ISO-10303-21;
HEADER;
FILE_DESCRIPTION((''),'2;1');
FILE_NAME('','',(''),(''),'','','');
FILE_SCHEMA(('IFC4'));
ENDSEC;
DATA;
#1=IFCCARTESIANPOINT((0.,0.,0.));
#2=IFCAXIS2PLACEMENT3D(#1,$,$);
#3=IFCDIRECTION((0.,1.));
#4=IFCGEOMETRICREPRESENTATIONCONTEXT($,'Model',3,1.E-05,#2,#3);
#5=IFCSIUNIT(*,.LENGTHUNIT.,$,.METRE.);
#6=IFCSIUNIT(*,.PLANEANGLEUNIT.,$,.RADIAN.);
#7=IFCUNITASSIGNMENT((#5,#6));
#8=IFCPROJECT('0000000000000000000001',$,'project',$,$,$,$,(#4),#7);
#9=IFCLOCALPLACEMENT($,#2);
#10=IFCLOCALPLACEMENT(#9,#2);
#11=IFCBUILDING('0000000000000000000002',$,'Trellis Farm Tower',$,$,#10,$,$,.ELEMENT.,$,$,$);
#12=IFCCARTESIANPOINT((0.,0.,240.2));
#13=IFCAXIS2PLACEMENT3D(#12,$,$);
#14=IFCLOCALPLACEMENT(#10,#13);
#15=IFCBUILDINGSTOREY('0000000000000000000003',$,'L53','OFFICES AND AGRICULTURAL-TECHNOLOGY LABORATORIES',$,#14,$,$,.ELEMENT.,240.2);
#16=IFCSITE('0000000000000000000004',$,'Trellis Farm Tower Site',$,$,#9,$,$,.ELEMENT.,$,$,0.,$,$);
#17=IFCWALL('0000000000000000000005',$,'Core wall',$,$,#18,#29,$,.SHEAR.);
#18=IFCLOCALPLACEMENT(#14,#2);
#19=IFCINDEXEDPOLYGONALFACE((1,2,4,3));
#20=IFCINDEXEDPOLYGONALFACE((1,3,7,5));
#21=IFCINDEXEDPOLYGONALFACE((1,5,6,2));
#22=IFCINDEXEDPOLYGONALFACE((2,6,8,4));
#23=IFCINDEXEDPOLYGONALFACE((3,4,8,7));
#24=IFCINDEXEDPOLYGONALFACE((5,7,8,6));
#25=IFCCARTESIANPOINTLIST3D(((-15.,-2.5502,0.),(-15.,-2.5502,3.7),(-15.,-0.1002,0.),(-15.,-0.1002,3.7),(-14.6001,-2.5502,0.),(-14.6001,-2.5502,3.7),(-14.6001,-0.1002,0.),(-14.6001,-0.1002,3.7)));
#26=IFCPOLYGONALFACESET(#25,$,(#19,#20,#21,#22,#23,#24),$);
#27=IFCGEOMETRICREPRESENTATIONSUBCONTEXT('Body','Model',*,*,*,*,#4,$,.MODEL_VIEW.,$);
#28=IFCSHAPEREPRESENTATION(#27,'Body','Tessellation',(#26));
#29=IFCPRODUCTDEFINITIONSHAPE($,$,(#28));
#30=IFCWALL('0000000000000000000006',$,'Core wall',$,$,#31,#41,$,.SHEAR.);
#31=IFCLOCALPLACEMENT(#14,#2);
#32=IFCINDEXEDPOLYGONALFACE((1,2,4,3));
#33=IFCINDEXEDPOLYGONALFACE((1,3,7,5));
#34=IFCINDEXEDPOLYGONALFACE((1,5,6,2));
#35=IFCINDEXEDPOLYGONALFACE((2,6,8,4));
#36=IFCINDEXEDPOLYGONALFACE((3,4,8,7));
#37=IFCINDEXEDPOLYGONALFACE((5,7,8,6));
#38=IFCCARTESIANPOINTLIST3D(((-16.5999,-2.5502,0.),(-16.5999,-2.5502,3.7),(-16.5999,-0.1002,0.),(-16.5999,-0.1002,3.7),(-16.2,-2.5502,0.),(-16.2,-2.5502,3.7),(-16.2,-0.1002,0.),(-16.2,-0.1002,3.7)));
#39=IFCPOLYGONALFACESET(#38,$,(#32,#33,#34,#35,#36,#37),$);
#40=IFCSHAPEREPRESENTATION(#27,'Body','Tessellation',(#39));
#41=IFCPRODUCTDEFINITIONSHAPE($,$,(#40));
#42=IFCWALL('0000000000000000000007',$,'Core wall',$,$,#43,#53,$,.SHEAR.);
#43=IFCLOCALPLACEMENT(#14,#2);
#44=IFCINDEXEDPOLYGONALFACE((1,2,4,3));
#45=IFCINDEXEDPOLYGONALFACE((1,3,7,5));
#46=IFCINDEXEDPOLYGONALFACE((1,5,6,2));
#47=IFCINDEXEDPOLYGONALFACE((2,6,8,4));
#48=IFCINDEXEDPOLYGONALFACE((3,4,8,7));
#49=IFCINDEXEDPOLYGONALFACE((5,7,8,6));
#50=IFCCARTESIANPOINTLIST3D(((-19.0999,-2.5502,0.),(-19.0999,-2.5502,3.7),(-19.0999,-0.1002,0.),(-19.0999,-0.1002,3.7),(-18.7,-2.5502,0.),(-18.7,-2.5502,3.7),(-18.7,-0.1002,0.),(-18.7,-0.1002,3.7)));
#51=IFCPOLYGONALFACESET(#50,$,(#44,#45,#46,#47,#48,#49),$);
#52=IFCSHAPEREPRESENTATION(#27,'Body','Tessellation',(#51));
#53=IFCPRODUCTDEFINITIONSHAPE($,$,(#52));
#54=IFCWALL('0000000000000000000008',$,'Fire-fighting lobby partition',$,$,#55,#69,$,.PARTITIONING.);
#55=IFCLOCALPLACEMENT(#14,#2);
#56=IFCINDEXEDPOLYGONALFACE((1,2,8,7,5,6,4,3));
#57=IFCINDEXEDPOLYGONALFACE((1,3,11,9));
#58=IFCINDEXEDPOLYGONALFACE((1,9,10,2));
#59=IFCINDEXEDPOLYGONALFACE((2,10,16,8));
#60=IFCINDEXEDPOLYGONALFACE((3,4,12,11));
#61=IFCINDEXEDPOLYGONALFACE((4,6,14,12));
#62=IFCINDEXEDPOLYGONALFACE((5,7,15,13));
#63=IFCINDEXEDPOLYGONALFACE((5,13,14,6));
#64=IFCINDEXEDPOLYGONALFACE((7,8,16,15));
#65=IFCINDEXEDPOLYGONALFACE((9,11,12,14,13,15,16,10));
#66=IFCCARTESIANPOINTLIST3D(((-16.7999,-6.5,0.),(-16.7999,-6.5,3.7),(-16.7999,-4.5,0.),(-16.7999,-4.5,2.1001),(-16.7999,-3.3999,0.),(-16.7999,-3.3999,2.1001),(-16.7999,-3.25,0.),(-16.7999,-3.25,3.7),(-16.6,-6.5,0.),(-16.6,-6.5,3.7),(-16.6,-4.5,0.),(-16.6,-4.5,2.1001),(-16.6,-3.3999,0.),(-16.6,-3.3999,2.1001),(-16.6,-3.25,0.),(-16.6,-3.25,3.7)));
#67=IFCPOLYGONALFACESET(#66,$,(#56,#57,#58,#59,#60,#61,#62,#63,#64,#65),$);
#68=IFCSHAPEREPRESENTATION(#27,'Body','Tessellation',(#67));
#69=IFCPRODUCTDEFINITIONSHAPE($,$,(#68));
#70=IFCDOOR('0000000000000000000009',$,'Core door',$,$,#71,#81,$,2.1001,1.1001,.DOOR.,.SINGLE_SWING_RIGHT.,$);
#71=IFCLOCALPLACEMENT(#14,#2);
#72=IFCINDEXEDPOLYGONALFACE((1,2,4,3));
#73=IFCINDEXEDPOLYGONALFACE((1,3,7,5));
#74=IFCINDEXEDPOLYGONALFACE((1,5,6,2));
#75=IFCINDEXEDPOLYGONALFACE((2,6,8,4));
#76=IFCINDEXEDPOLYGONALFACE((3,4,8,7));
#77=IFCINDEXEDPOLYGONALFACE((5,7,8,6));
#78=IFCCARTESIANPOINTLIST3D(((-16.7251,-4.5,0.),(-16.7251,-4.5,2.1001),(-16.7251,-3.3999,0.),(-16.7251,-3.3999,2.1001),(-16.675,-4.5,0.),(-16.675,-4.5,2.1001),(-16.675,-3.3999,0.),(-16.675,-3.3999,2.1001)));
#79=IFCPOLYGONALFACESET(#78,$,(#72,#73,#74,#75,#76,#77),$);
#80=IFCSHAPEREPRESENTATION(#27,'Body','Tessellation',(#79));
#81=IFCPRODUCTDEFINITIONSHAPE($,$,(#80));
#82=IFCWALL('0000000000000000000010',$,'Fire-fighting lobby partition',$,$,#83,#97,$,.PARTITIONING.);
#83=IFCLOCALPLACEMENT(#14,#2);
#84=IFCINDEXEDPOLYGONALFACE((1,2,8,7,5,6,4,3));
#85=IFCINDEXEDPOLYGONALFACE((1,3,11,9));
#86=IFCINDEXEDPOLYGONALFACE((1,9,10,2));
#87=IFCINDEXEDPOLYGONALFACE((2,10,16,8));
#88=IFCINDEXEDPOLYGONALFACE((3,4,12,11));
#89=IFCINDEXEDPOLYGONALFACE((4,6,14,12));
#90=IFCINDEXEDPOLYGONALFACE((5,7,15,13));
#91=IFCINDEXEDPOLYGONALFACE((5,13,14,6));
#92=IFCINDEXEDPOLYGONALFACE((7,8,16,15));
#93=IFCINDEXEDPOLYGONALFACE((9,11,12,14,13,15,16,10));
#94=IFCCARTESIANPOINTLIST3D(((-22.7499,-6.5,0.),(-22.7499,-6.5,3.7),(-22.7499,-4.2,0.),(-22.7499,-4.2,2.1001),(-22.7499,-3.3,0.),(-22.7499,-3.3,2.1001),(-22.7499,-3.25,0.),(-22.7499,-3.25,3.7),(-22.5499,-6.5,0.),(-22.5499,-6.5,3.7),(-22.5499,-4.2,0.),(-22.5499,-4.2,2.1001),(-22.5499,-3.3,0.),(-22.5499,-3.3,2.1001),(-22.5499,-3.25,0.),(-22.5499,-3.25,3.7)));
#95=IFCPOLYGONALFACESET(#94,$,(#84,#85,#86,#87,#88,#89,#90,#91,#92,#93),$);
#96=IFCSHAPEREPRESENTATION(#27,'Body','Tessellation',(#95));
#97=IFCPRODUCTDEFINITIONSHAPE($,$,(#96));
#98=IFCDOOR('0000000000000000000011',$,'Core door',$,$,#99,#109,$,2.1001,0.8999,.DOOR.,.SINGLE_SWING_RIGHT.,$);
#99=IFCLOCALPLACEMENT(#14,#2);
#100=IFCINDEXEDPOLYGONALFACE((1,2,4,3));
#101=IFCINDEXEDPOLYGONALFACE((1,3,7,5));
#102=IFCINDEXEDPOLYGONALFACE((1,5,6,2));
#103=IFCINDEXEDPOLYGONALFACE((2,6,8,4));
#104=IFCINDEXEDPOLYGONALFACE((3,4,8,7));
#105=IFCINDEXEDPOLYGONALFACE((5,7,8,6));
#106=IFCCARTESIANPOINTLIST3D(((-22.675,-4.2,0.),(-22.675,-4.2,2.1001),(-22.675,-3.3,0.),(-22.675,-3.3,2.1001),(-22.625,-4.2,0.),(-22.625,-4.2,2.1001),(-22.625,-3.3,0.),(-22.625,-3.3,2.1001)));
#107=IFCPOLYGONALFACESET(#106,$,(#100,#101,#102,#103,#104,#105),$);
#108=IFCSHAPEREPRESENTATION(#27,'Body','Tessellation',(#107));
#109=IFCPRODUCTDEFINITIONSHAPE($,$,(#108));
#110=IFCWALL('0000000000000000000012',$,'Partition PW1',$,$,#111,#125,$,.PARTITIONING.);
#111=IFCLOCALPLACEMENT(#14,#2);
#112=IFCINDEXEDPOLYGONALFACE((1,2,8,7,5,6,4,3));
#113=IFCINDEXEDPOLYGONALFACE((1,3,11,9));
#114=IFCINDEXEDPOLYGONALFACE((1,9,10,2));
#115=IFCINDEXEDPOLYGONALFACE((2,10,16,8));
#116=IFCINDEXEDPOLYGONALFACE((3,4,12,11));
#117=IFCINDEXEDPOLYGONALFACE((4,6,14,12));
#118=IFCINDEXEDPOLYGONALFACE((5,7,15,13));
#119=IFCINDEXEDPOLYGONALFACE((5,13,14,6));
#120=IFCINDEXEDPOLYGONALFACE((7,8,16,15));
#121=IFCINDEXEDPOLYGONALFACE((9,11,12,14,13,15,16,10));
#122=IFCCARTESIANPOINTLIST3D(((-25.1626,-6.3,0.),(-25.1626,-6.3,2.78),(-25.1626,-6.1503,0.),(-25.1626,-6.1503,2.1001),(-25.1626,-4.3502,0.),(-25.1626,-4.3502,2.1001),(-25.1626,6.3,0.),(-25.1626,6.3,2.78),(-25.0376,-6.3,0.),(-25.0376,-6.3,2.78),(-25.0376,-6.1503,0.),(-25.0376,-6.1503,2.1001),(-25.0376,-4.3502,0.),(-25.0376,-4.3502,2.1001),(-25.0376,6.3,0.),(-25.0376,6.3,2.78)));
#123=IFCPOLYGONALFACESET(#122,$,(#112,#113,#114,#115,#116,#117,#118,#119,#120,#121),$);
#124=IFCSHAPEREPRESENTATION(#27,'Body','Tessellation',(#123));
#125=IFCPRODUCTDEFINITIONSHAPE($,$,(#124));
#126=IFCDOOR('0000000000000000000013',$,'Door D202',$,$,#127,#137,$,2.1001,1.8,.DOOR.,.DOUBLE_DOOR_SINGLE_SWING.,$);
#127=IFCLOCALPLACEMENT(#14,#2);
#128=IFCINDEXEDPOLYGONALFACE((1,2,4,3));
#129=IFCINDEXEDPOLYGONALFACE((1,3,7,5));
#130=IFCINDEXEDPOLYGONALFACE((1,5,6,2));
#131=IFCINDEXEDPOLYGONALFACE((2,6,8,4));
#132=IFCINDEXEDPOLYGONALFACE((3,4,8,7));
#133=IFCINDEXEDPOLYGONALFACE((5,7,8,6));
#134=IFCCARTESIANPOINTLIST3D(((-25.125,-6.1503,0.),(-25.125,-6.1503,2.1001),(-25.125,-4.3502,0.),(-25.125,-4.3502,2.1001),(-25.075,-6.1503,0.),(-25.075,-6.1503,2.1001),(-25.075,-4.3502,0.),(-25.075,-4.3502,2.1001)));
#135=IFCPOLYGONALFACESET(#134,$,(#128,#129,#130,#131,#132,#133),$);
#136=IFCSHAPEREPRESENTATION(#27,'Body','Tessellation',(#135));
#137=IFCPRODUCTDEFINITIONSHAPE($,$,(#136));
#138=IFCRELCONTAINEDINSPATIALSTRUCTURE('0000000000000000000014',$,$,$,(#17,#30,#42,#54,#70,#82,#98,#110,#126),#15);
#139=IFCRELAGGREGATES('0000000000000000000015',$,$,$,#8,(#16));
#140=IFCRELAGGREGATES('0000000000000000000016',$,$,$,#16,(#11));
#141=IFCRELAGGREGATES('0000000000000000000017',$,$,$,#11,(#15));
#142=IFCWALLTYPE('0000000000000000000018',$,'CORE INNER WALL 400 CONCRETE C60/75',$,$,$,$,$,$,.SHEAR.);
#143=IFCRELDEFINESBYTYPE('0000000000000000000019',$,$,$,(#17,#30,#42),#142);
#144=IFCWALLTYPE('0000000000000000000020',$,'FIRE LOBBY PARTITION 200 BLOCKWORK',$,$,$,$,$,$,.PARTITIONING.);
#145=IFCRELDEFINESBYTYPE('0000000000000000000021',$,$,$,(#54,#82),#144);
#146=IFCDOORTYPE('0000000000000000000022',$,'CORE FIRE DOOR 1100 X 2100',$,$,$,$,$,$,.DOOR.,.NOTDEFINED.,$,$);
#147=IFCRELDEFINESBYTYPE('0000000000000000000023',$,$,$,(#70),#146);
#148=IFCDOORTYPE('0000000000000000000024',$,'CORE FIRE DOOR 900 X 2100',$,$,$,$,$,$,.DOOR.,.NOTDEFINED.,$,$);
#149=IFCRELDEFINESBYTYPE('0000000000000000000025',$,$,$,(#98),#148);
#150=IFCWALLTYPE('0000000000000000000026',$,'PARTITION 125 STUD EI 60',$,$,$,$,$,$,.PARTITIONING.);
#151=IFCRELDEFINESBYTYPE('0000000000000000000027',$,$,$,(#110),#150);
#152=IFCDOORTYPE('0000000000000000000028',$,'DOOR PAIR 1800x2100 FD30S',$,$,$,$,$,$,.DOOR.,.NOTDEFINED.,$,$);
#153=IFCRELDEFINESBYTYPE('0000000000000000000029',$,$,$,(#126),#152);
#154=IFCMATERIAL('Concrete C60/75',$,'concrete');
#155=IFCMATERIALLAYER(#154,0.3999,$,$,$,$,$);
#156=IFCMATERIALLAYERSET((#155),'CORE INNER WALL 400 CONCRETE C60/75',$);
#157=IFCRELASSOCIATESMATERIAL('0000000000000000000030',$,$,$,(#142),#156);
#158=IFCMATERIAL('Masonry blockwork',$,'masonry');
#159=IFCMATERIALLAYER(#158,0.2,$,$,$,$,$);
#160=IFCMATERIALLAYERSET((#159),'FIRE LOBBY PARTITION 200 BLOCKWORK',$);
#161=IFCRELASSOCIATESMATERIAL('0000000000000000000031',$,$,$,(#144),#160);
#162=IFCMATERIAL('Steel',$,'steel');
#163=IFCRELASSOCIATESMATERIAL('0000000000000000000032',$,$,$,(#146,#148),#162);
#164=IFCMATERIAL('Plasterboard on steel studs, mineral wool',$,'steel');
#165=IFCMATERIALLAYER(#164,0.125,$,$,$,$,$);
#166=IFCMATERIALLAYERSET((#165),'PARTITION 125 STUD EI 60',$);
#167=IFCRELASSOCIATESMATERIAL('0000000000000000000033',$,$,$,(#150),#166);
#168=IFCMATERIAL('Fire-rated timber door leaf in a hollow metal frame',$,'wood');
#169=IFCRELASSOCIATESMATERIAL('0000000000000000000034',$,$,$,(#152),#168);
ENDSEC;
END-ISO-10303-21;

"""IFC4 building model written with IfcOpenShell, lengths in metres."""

from ifc_helpers import new_model, si_unit, direction, frame, frame_2d, origin, place, context, subcontext, project, spatial, rectangle, extrude, source, transform, mapped, material, layer, layer_set, type_object, element, fill, save


model = new_model("IFC4")

# Units and contexts
model_context = context("Model", 3, precision=1e-05, world=origin(), true_north=direction((0.0, 1.0)))
body_context = subcontext(model_context, "Body", "Model", "MODEL_VIEW")
ifc_project = project(units=[si_unit("LENGTHUNIT", "METRE"), si_unit("PLANEANGLEUNIT", "RADIAN")], contexts=[model_context])

# Site, building, storey
site_placement = place(None, origin())
site = spatial("IfcSite", under=ifc_project, at=site_placement, Name="Trellis Farm Tower Site", CompositionType="ELEMENT", RefElevation=0.0)
building_placement = place(site_placement, origin())
building = spatial("IfcBuilding", under=site, at=building_placement, Name="Trellis Farm Tower", CompositionType="ELEMENT")
storey_placement = place(building_placement, frame((0.0, 0.0, 240.2)))
storey = spatial("IfcBuildingStorey", under=building, at=storey_placement, Name="L53", Description="OFFICES AND AGRICULTURAL-TECHNOLOGY LABORATORIES", CompositionType="ELEMENT", Elevation=240.2)

# Shared definitions
ifc_material_1 = material(Name="Concrete C60/75", Category="concrete")

# Walls
ifc_layer_1 = layer(ifc_material_1, 0.3999)
ifc_layer_set_1 = layer_set([ifc_layer_1], Name="CORE INNER WALL 400 CONCRETE C60/75")
wall_type_1 = type_object("IfcWallType", Name="CORE INNER WALL 400 CONCRETE C60/75", PredefinedType="SHEAR", material=ifc_layer_set_1)
shared_shape_1 = source(origin(), body_context, "Body", "SweptSolid", [
    extrude(rectangle(XDim=2.45, YDim=0.3999, at=frame_2d((1.2251, 0.0))), origin(), (0.0, 0.0, 1.0), 3.7),
])
for number, where, z_axis, x_axis, name in (
    (1, (-14.8, -0.1001, 0.0), (0.0, 0.0, 1.0), (0.0, -1.0, 0.0), "Core wall"),
    (2, (-16.3999, -0.1001, 0.0), (0.0, 0.0, 1.0), (0.0, -1.0, 0.0), "Core wall"),
    (3, (-18.8999, -0.1001, 0.0), (0.0, 0.0, 1.0), (0.0, -1.0, 0.0), "Core wall"),
):
    element("IfcWall", number, at=place(storey_placement, frame(where, z_axis=z_axis, x_axis=x_axis)), inside=storey, type_object=wall_type_1, Name=name, PredefinedType="SHEAR", context=body_context, shape_type="MappedRepresentation", body=[
        mapped(shared_shape_1, transform((0.0, 0.0, 0.0))),
    ])

# Walls, openings, doors
ifc_material_2 = material(Name="Masonry blockwork", Category="masonry")
ifc_layer_2 = layer(ifc_material_2, 0.2)
ifc_layer_set_2 = layer_set([ifc_layer_2], Name="FIRE LOBBY PARTITION 200 BLOCKWORK")
wall_type_2 = type_object("IfcWallType", Name="FIRE LOBBY PARTITION 200 BLOCKWORK", PredefinedType="PARTITIONING", material=ifc_layer_set_2)
shared_shape_2 = source(origin(), body_context, "Body", "SweptSolid", [
    extrude(rectangle(XDim=3.25, YDim=0.2, at=frame_2d((1.625, 0.0))), origin(), (0.0, 0.0, 1.0), 3.7),
])
wall_1_placement = place(storey_placement, frame((-16.7, -3.25, 0.0), z_axis=(0.0, 0.0, 1.0), x_axis=(0.0, -1.0, 0.0)))
wall_1 = element("IfcWall", 4, at=wall_1_placement, inside=storey, type_object=wall_type_2, Name="Fire-fighting lobby partition", PredefinedType="PARTITIONING", context=body_context, shape_type="MappedRepresentation", body=[
    mapped(shared_shape_2, transform((0.0, 0.0, 0.0))),
])
shared_shape_3 = source(origin(), body_context, "Body", "SweptSolid", [
    extrude(rectangle(XDim=1.1001, YDim=2.1001, at=frame_2d((0.55, 1.05))), frame((0.0, 0.1101, 0.0), z_axis=(0.0, -1.0, 0.0), x_axis=(1.0, 0.0, 0.0)), (0.0, 0.0, 1.0), 0.2202),
])
opening_1_placement = place(wall_1_placement, frame((0.1499, 0.0, 0.0)))
opening_1 = element("IfcOpeningElement", 5, at=opening_1_placement, cuts=wall_1, PredefinedType="OPENING", context=body_context, shape_type="MappedRepresentation", body=[
    mapped(shared_shape_3, transform((0.0, 0.0, 0.0))),
])
ifc_material_3 = material(Name="Steel", Category="steel")
door_type_1 = type_object("IfcDoorType", Name="CORE FIRE DOOR 1100 X 2100", OperationType="NOTDEFINED", PredefinedType="DOOR", material=ifc_material_3)
shared_shape_4 = source(origin(), body_context, "Body", "SweptSolid", [
    extrude(rectangle(XDim=1.1001, YDim=2.1001, at=frame_2d((0.55, 1.05))), frame((0.0, 0.0249, 0.0), z_axis=(0.0, -1.0, 0.0), x_axis=(1.0, 0.0, 0.0)), (0.0, 0.0, 1.0), 0.05),
])
door_1_placement = place(opening_1_placement, origin())
door_1 = element("IfcDoor", 6, at=door_1_placement, inside=storey, type_object=door_type_1, Name="Core door", OperationType="SINGLE_SWING_RIGHT", OverallHeight=2.1001, OverallWidth=1.1001, PredefinedType="DOOR", context=body_context, shape_type="MappedRepresentation", body=[
    mapped(shared_shape_4, transform((0.0, 0.0, 0.0))),
])
fill(opening_1, door_1)
wall_2_placement = place(storey_placement, frame((-22.6499, -3.25, 0.0), z_axis=(0.0, 0.0, 1.0), x_axis=(0.0, -1.0, 0.0)))
wall_2 = element("IfcWall", 7, at=wall_2_placement, inside=storey, type_object=wall_type_2, Name="Fire-fighting lobby partition", PredefinedType="PARTITIONING", context=body_context, shape_type="MappedRepresentation", body=[
    mapped(shared_shape_2, transform((0.0, 0.0, 0.0))),
])
shared_shape_5 = source(origin(), body_context, "Body", "SweptSolid", [
    extrude(rectangle(XDim=0.8999, YDim=2.1001, at=frame_2d((0.45, 1.05))), frame((0.0, 0.1101, 0.0), z_axis=(0.0, -1.0, 0.0), x_axis=(1.0, 0.0, 0.0)), (0.0, 0.0, 1.0), 0.2202),
])
opening_2_placement = place(wall_2_placement, frame((0.05, 0.0, 0.0)))
opening_2 = element("IfcOpeningElement", 8, at=opening_2_placement, cuts=wall_2, PredefinedType="OPENING", context=body_context, shape_type="MappedRepresentation", body=[
    mapped(shared_shape_5, transform((0.0, 0.0, 0.0))),
])
door_type_2 = type_object("IfcDoorType", Name="CORE FIRE DOOR 900 X 2100", OperationType="NOTDEFINED", PredefinedType="DOOR", material=ifc_material_3)
shared_shape_6 = source(origin(), body_context, "Body", "SweptSolid", [
    extrude(rectangle(XDim=0.8999, YDim=2.1001, at=frame_2d((0.45, 1.05))), frame((0.0, 0.0249, 0.0), z_axis=(0.0, -1.0, 0.0), x_axis=(1.0, 0.0, 0.0)), (0.0, 0.0, 1.0), 0.05),
])
door_2_placement = place(opening_2_placement, origin())
door_2 = element("IfcDoor", 9, at=door_2_placement, inside=storey, type_object=door_type_2, Name="Core door", OperationType="SINGLE_SWING_RIGHT", OverallHeight=2.1001, OverallWidth=0.8999, PredefinedType="DOOR", context=body_context, shape_type="MappedRepresentation", body=[
    mapped(shared_shape_6, transform((0.0, 0.0, 0.0))),
])
fill(opening_2, door_2)
ifc_material_4 = material(Name="Plasterboard on steel studs, mineral wool", Category="steel")
ifc_layer_3 = layer(ifc_material_4, 0.125)
ifc_layer_set_3 = layer_set([ifc_layer_3], Name="PARTITION 125 STUD EI 60")
wall_type_3 = type_object("IfcWallType", Name="PARTITION 125 STUD EI 60", PredefinedType="PARTITIONING", material=ifc_layer_set_3)
shared_shape_7 = source(origin(), body_context, "Body", "SweptSolid", [
    extrude(rectangle(XDim=12.6001, YDim=0.125, at=frame_2d((6.3, 0.0))), origin(), (0.0, 0.0, 1.0), 2.78),
])
wall_3_placement = place(storey_placement, frame((-25.1001, -6.3, 0.0), z_axis=(0.0, 0.0, 1.0), x_axis=(0.0, 1.0, 0.0)))
wall_3 = element("IfcWall", 10, at=wall_3_placement, inside=storey, type_object=wall_type_3, Name="Partition PW1", PredefinedType="PARTITIONING", context=body_context, shape_type="MappedRepresentation", body=[
    mapped(shared_shape_7, transform((0.0, 0.0, 0.0))),
])
shared_shape_8 = source(origin(), body_context, "Body", "SweptSolid", [
    extrude(rectangle(XDim=1.8, YDim=2.1001, at=frame_2d((0.8999, 1.05))), frame((0.0, 0.0725, 0.0), z_axis=(0.0, -1.0, 0.0), x_axis=(1.0, 0.0, 0.0)), (0.0, 0.0, 1.0), 0.145),
])
opening_3_placement = place(wall_3_placement, frame((0.1499, 0.0, 0.0)))
opening_3 = element("IfcOpeningElement", 11, at=opening_3_placement, cuts=wall_3, PredefinedType="OPENING", context=body_context, shape_type="MappedRepresentation", body=[
    mapped(shared_shape_8, transform((0.0, 0.0, 0.0))),
])
ifc_material_5 = material(Name="Fire-rated timber door leaf in a hollow metal frame", Category="wood")
door_type_3 = type_object("IfcDoorType", Name="DOOR PAIR 1800x2100 FD30S", OperationType="NOTDEFINED", PredefinedType="DOOR", material=ifc_material_5)
shared_shape_9 = source(origin(), body_context, "Body", "SweptSolid", [
    extrude(rectangle(XDim=1.8, YDim=2.1001, at=frame_2d((0.8999, 1.05))), frame((0.0, 0.0249, 0.0), z_axis=(0.0, -1.0, 0.0), x_axis=(1.0, 0.0, 0.0)), (0.0, 0.0, 1.0), 0.05),
])
door_3_placement = place(opening_3_placement, origin())
door_3 = element("IfcDoor", 12, at=door_3_placement, inside=storey, type_object=door_type_3, Name="Door D202", OperationType="DOUBLE_DOOR_SINGLE_SWING", OverallHeight=2.1001, OverallWidth=1.8, PredefinedType="DOOR", context=body_context, shape_type="MappedRepresentation", body=[
    mapped(shared_shape_9, transform((0.0, 0.0, 0.0))),
])
fill(opening_3, door_3)

save(model, "model.ifc")
